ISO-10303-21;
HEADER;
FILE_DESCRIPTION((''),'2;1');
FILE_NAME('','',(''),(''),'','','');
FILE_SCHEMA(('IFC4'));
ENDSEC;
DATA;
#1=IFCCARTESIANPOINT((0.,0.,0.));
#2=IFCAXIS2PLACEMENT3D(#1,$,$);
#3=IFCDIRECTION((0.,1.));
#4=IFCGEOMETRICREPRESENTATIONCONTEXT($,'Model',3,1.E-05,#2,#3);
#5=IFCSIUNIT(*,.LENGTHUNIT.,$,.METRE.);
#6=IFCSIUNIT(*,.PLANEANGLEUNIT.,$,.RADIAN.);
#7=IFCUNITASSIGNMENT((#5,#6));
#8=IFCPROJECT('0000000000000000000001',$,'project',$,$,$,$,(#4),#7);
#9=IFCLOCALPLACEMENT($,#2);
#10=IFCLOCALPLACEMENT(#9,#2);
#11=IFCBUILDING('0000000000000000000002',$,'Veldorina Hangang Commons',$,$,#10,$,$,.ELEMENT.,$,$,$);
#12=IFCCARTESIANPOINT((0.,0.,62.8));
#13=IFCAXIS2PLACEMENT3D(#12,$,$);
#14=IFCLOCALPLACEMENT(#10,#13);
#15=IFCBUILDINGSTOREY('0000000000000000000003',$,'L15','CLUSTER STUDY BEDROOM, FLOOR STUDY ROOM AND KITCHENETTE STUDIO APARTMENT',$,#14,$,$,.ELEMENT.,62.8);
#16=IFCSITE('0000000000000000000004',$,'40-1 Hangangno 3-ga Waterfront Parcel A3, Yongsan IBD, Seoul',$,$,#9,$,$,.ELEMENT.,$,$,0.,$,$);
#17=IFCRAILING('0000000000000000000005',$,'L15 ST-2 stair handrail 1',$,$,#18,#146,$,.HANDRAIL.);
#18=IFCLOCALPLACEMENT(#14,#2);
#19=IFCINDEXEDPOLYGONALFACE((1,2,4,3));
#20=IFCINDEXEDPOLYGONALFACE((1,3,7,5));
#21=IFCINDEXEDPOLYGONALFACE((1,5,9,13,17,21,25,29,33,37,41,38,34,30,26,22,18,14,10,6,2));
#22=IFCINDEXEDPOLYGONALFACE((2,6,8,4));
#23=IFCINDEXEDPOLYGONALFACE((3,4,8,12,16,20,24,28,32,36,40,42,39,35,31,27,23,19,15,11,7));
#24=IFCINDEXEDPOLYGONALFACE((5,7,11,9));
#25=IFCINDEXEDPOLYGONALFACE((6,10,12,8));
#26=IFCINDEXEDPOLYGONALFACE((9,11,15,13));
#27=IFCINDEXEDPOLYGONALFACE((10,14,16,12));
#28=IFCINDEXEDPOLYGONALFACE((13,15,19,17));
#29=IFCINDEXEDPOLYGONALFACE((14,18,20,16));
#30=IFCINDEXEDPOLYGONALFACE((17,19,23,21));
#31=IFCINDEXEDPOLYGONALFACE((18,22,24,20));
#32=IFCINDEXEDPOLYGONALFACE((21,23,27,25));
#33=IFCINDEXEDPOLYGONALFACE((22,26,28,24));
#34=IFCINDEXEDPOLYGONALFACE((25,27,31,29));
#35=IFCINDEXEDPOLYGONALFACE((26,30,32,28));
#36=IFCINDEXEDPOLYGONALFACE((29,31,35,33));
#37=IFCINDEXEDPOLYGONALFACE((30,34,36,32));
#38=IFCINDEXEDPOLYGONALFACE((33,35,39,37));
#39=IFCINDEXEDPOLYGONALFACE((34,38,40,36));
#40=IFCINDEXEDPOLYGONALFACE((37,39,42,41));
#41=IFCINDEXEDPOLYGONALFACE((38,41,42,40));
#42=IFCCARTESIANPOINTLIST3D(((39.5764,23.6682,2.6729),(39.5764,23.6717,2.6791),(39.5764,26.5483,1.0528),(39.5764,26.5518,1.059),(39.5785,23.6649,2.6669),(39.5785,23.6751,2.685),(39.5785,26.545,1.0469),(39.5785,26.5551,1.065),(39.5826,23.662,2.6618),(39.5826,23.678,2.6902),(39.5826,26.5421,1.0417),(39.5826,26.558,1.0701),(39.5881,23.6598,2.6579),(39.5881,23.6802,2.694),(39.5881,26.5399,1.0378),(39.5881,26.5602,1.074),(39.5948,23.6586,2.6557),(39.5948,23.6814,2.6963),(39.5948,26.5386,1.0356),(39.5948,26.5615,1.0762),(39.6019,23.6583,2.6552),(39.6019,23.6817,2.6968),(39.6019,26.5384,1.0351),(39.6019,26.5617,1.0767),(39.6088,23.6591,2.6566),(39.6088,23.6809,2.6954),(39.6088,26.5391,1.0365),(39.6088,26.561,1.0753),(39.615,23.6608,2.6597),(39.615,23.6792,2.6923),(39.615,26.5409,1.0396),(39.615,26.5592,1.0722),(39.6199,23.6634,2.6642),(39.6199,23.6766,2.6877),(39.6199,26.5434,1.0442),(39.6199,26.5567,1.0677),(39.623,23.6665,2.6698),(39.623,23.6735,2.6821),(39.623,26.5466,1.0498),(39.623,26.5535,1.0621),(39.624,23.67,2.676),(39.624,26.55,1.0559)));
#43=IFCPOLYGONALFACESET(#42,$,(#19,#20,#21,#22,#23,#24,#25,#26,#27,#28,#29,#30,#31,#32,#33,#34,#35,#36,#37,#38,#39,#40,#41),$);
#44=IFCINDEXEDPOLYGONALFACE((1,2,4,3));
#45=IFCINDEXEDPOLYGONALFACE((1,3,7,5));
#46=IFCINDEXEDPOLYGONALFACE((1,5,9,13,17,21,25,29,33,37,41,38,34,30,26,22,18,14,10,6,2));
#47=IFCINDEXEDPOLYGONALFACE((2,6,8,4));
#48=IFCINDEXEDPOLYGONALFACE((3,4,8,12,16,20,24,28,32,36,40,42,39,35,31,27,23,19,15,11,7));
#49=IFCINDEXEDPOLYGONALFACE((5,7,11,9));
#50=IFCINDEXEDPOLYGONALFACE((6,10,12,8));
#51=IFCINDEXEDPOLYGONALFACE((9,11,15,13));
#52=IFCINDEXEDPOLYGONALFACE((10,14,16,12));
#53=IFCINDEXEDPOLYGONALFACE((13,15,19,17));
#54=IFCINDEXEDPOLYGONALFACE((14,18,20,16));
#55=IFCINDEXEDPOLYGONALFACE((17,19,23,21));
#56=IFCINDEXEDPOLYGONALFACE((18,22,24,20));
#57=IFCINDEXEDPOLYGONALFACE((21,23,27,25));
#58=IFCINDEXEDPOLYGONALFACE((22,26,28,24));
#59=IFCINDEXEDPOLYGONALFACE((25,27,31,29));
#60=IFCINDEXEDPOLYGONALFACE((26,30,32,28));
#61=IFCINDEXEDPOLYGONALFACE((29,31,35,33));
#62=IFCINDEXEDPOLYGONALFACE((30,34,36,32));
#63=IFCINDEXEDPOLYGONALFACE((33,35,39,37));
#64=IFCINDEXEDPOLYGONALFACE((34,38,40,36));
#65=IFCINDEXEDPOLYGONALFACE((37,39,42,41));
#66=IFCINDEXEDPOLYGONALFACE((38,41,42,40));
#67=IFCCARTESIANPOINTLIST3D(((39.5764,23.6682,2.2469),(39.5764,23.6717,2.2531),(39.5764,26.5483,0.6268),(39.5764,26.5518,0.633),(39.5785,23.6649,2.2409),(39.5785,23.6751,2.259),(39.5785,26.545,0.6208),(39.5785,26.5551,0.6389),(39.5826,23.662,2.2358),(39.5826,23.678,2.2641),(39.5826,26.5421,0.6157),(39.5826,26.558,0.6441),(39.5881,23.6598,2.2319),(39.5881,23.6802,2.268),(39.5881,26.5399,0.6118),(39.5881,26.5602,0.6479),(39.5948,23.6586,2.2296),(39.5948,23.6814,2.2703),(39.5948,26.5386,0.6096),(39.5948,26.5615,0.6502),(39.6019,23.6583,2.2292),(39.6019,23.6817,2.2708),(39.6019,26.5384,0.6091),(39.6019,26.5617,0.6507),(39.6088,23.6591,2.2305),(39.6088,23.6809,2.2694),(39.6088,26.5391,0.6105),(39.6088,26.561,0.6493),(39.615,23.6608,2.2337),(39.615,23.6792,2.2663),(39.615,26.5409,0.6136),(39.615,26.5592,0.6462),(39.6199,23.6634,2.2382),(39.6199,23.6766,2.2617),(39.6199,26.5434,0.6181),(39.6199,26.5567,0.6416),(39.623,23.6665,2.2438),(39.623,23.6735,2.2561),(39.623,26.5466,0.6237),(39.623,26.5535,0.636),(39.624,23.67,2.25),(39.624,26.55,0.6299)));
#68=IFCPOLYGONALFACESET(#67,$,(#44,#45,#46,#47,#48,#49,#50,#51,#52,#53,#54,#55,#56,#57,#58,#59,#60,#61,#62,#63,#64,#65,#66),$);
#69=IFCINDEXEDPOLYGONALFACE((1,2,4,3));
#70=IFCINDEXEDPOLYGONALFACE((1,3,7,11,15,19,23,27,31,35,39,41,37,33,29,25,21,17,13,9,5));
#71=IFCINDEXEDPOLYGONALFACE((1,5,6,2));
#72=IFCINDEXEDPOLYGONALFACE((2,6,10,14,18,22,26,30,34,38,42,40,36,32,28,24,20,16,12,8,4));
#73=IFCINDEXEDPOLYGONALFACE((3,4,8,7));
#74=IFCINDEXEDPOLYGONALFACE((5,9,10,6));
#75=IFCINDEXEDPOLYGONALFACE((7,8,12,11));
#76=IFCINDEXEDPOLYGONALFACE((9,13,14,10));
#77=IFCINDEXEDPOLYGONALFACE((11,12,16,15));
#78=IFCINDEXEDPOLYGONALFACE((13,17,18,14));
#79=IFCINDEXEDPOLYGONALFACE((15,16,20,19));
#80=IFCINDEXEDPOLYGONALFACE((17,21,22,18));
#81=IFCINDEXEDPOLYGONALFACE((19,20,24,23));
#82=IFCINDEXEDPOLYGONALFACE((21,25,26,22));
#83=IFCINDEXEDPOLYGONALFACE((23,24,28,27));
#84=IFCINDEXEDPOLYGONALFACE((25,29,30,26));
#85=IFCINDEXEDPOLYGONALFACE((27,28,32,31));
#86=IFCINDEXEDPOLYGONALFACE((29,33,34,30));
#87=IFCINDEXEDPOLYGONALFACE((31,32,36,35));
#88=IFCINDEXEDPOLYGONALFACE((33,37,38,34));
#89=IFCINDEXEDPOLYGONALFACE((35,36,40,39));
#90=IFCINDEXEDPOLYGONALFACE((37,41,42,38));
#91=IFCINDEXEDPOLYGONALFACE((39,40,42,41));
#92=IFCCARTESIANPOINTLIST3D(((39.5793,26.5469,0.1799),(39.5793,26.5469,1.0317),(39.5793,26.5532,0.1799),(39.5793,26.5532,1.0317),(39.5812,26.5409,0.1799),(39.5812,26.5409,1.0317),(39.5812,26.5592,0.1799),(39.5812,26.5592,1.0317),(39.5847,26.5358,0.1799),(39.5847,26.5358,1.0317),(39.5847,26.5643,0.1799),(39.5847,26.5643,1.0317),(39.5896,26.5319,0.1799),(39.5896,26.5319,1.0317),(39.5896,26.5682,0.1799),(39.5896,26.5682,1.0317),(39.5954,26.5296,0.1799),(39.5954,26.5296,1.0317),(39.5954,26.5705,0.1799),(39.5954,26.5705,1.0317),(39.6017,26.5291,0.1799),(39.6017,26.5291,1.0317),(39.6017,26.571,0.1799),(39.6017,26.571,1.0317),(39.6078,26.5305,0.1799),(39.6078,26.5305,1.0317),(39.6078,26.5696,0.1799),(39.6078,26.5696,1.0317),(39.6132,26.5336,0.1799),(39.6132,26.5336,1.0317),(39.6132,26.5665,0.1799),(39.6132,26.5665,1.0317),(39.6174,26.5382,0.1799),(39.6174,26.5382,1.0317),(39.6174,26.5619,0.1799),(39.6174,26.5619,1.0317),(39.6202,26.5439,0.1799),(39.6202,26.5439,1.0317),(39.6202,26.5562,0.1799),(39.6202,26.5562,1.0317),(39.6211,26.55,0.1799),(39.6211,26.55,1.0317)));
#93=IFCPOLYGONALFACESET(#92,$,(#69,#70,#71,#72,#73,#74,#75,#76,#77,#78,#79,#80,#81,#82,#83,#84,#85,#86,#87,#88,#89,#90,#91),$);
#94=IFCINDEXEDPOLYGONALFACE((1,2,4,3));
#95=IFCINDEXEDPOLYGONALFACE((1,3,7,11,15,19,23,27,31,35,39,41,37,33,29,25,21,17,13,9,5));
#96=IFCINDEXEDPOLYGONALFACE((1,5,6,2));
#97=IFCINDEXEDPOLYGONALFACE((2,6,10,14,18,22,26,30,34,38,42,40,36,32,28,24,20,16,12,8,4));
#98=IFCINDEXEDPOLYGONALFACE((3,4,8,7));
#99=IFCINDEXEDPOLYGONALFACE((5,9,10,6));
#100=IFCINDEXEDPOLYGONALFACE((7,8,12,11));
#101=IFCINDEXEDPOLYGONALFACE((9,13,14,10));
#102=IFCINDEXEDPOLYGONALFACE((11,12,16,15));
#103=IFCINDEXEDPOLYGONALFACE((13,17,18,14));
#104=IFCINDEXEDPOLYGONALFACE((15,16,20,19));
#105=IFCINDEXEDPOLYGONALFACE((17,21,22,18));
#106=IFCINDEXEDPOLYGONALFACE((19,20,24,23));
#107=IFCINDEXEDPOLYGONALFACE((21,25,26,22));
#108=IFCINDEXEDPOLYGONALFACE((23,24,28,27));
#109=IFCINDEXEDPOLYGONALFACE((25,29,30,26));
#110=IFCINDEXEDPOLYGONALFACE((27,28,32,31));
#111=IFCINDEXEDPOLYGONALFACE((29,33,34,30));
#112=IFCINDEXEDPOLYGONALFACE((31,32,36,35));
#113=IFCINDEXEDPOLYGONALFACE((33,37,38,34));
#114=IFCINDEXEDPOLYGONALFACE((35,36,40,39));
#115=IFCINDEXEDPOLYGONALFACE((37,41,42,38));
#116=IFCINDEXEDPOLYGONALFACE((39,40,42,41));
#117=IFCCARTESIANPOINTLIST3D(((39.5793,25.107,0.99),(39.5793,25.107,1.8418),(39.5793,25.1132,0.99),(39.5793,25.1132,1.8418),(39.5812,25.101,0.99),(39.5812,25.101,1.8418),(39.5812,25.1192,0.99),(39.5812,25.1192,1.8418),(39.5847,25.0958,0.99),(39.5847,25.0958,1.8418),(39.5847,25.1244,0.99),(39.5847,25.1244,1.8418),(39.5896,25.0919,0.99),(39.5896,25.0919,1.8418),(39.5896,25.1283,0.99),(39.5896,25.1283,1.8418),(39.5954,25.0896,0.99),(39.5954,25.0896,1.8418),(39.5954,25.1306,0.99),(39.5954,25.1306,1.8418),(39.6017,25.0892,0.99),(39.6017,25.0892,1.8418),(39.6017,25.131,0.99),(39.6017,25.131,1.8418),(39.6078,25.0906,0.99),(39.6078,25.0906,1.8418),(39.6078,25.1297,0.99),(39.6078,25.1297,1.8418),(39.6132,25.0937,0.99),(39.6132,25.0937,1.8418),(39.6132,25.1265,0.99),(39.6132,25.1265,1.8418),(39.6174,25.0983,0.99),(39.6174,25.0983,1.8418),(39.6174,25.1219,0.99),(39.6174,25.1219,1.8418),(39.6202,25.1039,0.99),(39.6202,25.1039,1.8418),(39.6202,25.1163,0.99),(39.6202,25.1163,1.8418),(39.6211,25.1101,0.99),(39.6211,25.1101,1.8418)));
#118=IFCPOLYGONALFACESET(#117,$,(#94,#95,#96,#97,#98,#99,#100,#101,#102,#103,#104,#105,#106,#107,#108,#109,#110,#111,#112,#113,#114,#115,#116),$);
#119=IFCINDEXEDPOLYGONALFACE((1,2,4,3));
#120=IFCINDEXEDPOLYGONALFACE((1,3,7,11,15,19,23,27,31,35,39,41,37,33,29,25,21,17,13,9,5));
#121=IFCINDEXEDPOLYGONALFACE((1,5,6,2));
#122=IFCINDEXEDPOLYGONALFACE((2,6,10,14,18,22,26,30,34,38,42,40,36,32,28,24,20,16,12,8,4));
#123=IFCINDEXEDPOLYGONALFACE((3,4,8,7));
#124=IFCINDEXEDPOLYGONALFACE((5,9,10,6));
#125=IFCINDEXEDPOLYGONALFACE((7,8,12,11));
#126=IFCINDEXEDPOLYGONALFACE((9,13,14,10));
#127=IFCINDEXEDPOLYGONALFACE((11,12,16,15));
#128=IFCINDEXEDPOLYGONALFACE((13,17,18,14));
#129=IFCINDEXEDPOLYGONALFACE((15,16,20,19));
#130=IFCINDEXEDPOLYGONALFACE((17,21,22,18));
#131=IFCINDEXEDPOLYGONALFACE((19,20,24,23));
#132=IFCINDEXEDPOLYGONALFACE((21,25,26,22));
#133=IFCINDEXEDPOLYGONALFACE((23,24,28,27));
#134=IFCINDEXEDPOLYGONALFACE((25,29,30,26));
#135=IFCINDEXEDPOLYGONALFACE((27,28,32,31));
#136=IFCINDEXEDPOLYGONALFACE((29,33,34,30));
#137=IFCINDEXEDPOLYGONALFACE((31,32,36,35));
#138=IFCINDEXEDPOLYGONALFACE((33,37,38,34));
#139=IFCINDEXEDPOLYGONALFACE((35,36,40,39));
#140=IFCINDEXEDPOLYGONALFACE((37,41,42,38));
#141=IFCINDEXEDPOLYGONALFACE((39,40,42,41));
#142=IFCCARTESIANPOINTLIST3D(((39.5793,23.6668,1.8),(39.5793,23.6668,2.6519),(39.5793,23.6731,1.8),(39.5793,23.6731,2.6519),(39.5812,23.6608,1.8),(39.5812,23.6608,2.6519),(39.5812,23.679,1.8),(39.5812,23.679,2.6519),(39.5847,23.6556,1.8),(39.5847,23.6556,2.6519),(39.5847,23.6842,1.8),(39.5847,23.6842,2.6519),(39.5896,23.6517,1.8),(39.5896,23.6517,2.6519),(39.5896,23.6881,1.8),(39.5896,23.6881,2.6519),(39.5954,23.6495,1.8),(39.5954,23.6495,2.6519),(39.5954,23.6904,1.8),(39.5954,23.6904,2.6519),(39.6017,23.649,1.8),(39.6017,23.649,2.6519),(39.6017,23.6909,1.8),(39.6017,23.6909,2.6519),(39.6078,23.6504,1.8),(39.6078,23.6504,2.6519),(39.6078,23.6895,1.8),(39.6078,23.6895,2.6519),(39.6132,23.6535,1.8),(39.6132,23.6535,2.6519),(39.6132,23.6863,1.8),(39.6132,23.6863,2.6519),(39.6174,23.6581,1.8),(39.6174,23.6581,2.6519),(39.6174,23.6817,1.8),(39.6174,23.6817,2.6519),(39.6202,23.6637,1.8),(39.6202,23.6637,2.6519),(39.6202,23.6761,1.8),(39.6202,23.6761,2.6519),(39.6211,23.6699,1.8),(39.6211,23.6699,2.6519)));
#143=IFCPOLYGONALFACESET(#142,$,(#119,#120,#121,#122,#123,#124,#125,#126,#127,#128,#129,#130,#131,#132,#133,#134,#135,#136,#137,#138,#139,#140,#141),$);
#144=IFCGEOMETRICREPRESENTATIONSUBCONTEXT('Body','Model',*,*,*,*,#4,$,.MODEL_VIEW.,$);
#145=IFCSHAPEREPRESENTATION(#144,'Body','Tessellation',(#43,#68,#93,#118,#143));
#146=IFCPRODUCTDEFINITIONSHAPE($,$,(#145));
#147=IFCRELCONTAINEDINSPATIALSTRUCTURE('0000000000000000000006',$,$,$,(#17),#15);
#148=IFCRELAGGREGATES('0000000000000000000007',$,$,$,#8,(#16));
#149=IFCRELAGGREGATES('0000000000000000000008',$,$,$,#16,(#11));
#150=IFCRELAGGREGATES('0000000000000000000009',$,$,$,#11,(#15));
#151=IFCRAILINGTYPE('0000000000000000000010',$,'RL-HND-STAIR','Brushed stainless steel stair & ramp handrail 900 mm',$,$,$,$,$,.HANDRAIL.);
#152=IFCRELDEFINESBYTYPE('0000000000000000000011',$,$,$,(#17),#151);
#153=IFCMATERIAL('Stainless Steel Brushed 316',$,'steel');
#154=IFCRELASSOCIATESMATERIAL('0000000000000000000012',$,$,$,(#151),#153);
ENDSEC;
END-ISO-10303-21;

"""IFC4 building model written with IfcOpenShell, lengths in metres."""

from ifc_helpers import new_model, si_unit, direction, frame, origin, origin_2d, place, context, subcontext, project, spatial, circle, extrude, material, type_object, element, save


model = new_model("IFC4")

# Units and contexts
model_context = context("Model", 3, precision=1e-05, world=origin(), true_north=direction((0.0, 1.0)))
body_context = subcontext(model_context, "Body", "Model", "MODEL_VIEW")
ifc_project = project(units=[si_unit("LENGTHUNIT", "METRE"), si_unit("PLANEANGLEUNIT", "RADIAN")], contexts=[model_context])

# Site, building, storey
site_placement = place(None, origin())
site = spatial("IfcSite", under=ifc_project, at=site_placement, Name="40-1 Hangangno 3-ga Waterfront Parcel A3, Yongsan IBD, Seoul", CompositionType="ELEMENT", RefElevation=0.0)
building_placement = place(site_placement, origin())
building = spatial("IfcBuilding", under=site, at=building_placement, Name="Veldorina Hangang Commons", CompositionType="ELEMENT")
storey_placement = place(building_placement, frame((0.0, 0.0, 62.8)))
storey = spatial("IfcBuildingStorey", under=building, at=storey_placement, Name="L15", Description="CLUSTER STUDY BEDROOM, FLOOR STUDY ROOM AND KITCHENETTE STUDIO APARTMENT", CompositionType="ELEMENT", Elevation=62.8)

# Railing
ifc_material_1 = material(Name="Stainless Steel Brushed 316", Category="steel")
railing_type_1 = type_object("IfcRailingType", Name="RL-HND-STAIR", Description="Brushed stainless steel stair & ramp handrail 900 mm", PredefinedType="HANDRAIL", material=ifc_material_1)
railing_1_placement = place(storey_placement, frame((39.6001, 26.55, 0.1799)))
element("IfcRailing", 1, at=railing_1_placement, inside=storey, type_object=railing_type_1, Name="L15 ST-2 stair handrail 1", PredefinedType="HANDRAIL", context=body_context, shape_type="SweptSolid", body=[
    extrude(circle(Radius=0.0239, at=origin_2d()), frame((0.0, 0.0, 0.876), z_axis=(0.0, -0.87157, 0.490272), x_axis=(1.0, 0.0, 0.0)), (0.0, 0.0, 1.0), 3.3044),
    extrude(circle(Radius=0.0239, at=origin_2d()), frame((0.0, 0.0, 0.45), z_axis=(0.0, -0.87157, 0.490272), x_axis=(1.0, 0.0, 0.0)), (0.0, 0.0, 1.0), 3.3044),
    extrude(circle(Radius=0.021, at=origin_2d()), origin(), (0.0, 0.0, 1.0), 0.8518),
    extrude(circle(Radius=0.021, at=origin_2d()), frame((0.0, -1.4399, 0.8101)), (0.0, 0.0, 1.0), 0.8518),
    extrude(circle(Radius=0.021, at=origin_2d()), frame((0.0, -2.8801, 1.6201)), (0.0, 0.0, 1.0), 0.8518),
])

save(model, "model.ifc")
